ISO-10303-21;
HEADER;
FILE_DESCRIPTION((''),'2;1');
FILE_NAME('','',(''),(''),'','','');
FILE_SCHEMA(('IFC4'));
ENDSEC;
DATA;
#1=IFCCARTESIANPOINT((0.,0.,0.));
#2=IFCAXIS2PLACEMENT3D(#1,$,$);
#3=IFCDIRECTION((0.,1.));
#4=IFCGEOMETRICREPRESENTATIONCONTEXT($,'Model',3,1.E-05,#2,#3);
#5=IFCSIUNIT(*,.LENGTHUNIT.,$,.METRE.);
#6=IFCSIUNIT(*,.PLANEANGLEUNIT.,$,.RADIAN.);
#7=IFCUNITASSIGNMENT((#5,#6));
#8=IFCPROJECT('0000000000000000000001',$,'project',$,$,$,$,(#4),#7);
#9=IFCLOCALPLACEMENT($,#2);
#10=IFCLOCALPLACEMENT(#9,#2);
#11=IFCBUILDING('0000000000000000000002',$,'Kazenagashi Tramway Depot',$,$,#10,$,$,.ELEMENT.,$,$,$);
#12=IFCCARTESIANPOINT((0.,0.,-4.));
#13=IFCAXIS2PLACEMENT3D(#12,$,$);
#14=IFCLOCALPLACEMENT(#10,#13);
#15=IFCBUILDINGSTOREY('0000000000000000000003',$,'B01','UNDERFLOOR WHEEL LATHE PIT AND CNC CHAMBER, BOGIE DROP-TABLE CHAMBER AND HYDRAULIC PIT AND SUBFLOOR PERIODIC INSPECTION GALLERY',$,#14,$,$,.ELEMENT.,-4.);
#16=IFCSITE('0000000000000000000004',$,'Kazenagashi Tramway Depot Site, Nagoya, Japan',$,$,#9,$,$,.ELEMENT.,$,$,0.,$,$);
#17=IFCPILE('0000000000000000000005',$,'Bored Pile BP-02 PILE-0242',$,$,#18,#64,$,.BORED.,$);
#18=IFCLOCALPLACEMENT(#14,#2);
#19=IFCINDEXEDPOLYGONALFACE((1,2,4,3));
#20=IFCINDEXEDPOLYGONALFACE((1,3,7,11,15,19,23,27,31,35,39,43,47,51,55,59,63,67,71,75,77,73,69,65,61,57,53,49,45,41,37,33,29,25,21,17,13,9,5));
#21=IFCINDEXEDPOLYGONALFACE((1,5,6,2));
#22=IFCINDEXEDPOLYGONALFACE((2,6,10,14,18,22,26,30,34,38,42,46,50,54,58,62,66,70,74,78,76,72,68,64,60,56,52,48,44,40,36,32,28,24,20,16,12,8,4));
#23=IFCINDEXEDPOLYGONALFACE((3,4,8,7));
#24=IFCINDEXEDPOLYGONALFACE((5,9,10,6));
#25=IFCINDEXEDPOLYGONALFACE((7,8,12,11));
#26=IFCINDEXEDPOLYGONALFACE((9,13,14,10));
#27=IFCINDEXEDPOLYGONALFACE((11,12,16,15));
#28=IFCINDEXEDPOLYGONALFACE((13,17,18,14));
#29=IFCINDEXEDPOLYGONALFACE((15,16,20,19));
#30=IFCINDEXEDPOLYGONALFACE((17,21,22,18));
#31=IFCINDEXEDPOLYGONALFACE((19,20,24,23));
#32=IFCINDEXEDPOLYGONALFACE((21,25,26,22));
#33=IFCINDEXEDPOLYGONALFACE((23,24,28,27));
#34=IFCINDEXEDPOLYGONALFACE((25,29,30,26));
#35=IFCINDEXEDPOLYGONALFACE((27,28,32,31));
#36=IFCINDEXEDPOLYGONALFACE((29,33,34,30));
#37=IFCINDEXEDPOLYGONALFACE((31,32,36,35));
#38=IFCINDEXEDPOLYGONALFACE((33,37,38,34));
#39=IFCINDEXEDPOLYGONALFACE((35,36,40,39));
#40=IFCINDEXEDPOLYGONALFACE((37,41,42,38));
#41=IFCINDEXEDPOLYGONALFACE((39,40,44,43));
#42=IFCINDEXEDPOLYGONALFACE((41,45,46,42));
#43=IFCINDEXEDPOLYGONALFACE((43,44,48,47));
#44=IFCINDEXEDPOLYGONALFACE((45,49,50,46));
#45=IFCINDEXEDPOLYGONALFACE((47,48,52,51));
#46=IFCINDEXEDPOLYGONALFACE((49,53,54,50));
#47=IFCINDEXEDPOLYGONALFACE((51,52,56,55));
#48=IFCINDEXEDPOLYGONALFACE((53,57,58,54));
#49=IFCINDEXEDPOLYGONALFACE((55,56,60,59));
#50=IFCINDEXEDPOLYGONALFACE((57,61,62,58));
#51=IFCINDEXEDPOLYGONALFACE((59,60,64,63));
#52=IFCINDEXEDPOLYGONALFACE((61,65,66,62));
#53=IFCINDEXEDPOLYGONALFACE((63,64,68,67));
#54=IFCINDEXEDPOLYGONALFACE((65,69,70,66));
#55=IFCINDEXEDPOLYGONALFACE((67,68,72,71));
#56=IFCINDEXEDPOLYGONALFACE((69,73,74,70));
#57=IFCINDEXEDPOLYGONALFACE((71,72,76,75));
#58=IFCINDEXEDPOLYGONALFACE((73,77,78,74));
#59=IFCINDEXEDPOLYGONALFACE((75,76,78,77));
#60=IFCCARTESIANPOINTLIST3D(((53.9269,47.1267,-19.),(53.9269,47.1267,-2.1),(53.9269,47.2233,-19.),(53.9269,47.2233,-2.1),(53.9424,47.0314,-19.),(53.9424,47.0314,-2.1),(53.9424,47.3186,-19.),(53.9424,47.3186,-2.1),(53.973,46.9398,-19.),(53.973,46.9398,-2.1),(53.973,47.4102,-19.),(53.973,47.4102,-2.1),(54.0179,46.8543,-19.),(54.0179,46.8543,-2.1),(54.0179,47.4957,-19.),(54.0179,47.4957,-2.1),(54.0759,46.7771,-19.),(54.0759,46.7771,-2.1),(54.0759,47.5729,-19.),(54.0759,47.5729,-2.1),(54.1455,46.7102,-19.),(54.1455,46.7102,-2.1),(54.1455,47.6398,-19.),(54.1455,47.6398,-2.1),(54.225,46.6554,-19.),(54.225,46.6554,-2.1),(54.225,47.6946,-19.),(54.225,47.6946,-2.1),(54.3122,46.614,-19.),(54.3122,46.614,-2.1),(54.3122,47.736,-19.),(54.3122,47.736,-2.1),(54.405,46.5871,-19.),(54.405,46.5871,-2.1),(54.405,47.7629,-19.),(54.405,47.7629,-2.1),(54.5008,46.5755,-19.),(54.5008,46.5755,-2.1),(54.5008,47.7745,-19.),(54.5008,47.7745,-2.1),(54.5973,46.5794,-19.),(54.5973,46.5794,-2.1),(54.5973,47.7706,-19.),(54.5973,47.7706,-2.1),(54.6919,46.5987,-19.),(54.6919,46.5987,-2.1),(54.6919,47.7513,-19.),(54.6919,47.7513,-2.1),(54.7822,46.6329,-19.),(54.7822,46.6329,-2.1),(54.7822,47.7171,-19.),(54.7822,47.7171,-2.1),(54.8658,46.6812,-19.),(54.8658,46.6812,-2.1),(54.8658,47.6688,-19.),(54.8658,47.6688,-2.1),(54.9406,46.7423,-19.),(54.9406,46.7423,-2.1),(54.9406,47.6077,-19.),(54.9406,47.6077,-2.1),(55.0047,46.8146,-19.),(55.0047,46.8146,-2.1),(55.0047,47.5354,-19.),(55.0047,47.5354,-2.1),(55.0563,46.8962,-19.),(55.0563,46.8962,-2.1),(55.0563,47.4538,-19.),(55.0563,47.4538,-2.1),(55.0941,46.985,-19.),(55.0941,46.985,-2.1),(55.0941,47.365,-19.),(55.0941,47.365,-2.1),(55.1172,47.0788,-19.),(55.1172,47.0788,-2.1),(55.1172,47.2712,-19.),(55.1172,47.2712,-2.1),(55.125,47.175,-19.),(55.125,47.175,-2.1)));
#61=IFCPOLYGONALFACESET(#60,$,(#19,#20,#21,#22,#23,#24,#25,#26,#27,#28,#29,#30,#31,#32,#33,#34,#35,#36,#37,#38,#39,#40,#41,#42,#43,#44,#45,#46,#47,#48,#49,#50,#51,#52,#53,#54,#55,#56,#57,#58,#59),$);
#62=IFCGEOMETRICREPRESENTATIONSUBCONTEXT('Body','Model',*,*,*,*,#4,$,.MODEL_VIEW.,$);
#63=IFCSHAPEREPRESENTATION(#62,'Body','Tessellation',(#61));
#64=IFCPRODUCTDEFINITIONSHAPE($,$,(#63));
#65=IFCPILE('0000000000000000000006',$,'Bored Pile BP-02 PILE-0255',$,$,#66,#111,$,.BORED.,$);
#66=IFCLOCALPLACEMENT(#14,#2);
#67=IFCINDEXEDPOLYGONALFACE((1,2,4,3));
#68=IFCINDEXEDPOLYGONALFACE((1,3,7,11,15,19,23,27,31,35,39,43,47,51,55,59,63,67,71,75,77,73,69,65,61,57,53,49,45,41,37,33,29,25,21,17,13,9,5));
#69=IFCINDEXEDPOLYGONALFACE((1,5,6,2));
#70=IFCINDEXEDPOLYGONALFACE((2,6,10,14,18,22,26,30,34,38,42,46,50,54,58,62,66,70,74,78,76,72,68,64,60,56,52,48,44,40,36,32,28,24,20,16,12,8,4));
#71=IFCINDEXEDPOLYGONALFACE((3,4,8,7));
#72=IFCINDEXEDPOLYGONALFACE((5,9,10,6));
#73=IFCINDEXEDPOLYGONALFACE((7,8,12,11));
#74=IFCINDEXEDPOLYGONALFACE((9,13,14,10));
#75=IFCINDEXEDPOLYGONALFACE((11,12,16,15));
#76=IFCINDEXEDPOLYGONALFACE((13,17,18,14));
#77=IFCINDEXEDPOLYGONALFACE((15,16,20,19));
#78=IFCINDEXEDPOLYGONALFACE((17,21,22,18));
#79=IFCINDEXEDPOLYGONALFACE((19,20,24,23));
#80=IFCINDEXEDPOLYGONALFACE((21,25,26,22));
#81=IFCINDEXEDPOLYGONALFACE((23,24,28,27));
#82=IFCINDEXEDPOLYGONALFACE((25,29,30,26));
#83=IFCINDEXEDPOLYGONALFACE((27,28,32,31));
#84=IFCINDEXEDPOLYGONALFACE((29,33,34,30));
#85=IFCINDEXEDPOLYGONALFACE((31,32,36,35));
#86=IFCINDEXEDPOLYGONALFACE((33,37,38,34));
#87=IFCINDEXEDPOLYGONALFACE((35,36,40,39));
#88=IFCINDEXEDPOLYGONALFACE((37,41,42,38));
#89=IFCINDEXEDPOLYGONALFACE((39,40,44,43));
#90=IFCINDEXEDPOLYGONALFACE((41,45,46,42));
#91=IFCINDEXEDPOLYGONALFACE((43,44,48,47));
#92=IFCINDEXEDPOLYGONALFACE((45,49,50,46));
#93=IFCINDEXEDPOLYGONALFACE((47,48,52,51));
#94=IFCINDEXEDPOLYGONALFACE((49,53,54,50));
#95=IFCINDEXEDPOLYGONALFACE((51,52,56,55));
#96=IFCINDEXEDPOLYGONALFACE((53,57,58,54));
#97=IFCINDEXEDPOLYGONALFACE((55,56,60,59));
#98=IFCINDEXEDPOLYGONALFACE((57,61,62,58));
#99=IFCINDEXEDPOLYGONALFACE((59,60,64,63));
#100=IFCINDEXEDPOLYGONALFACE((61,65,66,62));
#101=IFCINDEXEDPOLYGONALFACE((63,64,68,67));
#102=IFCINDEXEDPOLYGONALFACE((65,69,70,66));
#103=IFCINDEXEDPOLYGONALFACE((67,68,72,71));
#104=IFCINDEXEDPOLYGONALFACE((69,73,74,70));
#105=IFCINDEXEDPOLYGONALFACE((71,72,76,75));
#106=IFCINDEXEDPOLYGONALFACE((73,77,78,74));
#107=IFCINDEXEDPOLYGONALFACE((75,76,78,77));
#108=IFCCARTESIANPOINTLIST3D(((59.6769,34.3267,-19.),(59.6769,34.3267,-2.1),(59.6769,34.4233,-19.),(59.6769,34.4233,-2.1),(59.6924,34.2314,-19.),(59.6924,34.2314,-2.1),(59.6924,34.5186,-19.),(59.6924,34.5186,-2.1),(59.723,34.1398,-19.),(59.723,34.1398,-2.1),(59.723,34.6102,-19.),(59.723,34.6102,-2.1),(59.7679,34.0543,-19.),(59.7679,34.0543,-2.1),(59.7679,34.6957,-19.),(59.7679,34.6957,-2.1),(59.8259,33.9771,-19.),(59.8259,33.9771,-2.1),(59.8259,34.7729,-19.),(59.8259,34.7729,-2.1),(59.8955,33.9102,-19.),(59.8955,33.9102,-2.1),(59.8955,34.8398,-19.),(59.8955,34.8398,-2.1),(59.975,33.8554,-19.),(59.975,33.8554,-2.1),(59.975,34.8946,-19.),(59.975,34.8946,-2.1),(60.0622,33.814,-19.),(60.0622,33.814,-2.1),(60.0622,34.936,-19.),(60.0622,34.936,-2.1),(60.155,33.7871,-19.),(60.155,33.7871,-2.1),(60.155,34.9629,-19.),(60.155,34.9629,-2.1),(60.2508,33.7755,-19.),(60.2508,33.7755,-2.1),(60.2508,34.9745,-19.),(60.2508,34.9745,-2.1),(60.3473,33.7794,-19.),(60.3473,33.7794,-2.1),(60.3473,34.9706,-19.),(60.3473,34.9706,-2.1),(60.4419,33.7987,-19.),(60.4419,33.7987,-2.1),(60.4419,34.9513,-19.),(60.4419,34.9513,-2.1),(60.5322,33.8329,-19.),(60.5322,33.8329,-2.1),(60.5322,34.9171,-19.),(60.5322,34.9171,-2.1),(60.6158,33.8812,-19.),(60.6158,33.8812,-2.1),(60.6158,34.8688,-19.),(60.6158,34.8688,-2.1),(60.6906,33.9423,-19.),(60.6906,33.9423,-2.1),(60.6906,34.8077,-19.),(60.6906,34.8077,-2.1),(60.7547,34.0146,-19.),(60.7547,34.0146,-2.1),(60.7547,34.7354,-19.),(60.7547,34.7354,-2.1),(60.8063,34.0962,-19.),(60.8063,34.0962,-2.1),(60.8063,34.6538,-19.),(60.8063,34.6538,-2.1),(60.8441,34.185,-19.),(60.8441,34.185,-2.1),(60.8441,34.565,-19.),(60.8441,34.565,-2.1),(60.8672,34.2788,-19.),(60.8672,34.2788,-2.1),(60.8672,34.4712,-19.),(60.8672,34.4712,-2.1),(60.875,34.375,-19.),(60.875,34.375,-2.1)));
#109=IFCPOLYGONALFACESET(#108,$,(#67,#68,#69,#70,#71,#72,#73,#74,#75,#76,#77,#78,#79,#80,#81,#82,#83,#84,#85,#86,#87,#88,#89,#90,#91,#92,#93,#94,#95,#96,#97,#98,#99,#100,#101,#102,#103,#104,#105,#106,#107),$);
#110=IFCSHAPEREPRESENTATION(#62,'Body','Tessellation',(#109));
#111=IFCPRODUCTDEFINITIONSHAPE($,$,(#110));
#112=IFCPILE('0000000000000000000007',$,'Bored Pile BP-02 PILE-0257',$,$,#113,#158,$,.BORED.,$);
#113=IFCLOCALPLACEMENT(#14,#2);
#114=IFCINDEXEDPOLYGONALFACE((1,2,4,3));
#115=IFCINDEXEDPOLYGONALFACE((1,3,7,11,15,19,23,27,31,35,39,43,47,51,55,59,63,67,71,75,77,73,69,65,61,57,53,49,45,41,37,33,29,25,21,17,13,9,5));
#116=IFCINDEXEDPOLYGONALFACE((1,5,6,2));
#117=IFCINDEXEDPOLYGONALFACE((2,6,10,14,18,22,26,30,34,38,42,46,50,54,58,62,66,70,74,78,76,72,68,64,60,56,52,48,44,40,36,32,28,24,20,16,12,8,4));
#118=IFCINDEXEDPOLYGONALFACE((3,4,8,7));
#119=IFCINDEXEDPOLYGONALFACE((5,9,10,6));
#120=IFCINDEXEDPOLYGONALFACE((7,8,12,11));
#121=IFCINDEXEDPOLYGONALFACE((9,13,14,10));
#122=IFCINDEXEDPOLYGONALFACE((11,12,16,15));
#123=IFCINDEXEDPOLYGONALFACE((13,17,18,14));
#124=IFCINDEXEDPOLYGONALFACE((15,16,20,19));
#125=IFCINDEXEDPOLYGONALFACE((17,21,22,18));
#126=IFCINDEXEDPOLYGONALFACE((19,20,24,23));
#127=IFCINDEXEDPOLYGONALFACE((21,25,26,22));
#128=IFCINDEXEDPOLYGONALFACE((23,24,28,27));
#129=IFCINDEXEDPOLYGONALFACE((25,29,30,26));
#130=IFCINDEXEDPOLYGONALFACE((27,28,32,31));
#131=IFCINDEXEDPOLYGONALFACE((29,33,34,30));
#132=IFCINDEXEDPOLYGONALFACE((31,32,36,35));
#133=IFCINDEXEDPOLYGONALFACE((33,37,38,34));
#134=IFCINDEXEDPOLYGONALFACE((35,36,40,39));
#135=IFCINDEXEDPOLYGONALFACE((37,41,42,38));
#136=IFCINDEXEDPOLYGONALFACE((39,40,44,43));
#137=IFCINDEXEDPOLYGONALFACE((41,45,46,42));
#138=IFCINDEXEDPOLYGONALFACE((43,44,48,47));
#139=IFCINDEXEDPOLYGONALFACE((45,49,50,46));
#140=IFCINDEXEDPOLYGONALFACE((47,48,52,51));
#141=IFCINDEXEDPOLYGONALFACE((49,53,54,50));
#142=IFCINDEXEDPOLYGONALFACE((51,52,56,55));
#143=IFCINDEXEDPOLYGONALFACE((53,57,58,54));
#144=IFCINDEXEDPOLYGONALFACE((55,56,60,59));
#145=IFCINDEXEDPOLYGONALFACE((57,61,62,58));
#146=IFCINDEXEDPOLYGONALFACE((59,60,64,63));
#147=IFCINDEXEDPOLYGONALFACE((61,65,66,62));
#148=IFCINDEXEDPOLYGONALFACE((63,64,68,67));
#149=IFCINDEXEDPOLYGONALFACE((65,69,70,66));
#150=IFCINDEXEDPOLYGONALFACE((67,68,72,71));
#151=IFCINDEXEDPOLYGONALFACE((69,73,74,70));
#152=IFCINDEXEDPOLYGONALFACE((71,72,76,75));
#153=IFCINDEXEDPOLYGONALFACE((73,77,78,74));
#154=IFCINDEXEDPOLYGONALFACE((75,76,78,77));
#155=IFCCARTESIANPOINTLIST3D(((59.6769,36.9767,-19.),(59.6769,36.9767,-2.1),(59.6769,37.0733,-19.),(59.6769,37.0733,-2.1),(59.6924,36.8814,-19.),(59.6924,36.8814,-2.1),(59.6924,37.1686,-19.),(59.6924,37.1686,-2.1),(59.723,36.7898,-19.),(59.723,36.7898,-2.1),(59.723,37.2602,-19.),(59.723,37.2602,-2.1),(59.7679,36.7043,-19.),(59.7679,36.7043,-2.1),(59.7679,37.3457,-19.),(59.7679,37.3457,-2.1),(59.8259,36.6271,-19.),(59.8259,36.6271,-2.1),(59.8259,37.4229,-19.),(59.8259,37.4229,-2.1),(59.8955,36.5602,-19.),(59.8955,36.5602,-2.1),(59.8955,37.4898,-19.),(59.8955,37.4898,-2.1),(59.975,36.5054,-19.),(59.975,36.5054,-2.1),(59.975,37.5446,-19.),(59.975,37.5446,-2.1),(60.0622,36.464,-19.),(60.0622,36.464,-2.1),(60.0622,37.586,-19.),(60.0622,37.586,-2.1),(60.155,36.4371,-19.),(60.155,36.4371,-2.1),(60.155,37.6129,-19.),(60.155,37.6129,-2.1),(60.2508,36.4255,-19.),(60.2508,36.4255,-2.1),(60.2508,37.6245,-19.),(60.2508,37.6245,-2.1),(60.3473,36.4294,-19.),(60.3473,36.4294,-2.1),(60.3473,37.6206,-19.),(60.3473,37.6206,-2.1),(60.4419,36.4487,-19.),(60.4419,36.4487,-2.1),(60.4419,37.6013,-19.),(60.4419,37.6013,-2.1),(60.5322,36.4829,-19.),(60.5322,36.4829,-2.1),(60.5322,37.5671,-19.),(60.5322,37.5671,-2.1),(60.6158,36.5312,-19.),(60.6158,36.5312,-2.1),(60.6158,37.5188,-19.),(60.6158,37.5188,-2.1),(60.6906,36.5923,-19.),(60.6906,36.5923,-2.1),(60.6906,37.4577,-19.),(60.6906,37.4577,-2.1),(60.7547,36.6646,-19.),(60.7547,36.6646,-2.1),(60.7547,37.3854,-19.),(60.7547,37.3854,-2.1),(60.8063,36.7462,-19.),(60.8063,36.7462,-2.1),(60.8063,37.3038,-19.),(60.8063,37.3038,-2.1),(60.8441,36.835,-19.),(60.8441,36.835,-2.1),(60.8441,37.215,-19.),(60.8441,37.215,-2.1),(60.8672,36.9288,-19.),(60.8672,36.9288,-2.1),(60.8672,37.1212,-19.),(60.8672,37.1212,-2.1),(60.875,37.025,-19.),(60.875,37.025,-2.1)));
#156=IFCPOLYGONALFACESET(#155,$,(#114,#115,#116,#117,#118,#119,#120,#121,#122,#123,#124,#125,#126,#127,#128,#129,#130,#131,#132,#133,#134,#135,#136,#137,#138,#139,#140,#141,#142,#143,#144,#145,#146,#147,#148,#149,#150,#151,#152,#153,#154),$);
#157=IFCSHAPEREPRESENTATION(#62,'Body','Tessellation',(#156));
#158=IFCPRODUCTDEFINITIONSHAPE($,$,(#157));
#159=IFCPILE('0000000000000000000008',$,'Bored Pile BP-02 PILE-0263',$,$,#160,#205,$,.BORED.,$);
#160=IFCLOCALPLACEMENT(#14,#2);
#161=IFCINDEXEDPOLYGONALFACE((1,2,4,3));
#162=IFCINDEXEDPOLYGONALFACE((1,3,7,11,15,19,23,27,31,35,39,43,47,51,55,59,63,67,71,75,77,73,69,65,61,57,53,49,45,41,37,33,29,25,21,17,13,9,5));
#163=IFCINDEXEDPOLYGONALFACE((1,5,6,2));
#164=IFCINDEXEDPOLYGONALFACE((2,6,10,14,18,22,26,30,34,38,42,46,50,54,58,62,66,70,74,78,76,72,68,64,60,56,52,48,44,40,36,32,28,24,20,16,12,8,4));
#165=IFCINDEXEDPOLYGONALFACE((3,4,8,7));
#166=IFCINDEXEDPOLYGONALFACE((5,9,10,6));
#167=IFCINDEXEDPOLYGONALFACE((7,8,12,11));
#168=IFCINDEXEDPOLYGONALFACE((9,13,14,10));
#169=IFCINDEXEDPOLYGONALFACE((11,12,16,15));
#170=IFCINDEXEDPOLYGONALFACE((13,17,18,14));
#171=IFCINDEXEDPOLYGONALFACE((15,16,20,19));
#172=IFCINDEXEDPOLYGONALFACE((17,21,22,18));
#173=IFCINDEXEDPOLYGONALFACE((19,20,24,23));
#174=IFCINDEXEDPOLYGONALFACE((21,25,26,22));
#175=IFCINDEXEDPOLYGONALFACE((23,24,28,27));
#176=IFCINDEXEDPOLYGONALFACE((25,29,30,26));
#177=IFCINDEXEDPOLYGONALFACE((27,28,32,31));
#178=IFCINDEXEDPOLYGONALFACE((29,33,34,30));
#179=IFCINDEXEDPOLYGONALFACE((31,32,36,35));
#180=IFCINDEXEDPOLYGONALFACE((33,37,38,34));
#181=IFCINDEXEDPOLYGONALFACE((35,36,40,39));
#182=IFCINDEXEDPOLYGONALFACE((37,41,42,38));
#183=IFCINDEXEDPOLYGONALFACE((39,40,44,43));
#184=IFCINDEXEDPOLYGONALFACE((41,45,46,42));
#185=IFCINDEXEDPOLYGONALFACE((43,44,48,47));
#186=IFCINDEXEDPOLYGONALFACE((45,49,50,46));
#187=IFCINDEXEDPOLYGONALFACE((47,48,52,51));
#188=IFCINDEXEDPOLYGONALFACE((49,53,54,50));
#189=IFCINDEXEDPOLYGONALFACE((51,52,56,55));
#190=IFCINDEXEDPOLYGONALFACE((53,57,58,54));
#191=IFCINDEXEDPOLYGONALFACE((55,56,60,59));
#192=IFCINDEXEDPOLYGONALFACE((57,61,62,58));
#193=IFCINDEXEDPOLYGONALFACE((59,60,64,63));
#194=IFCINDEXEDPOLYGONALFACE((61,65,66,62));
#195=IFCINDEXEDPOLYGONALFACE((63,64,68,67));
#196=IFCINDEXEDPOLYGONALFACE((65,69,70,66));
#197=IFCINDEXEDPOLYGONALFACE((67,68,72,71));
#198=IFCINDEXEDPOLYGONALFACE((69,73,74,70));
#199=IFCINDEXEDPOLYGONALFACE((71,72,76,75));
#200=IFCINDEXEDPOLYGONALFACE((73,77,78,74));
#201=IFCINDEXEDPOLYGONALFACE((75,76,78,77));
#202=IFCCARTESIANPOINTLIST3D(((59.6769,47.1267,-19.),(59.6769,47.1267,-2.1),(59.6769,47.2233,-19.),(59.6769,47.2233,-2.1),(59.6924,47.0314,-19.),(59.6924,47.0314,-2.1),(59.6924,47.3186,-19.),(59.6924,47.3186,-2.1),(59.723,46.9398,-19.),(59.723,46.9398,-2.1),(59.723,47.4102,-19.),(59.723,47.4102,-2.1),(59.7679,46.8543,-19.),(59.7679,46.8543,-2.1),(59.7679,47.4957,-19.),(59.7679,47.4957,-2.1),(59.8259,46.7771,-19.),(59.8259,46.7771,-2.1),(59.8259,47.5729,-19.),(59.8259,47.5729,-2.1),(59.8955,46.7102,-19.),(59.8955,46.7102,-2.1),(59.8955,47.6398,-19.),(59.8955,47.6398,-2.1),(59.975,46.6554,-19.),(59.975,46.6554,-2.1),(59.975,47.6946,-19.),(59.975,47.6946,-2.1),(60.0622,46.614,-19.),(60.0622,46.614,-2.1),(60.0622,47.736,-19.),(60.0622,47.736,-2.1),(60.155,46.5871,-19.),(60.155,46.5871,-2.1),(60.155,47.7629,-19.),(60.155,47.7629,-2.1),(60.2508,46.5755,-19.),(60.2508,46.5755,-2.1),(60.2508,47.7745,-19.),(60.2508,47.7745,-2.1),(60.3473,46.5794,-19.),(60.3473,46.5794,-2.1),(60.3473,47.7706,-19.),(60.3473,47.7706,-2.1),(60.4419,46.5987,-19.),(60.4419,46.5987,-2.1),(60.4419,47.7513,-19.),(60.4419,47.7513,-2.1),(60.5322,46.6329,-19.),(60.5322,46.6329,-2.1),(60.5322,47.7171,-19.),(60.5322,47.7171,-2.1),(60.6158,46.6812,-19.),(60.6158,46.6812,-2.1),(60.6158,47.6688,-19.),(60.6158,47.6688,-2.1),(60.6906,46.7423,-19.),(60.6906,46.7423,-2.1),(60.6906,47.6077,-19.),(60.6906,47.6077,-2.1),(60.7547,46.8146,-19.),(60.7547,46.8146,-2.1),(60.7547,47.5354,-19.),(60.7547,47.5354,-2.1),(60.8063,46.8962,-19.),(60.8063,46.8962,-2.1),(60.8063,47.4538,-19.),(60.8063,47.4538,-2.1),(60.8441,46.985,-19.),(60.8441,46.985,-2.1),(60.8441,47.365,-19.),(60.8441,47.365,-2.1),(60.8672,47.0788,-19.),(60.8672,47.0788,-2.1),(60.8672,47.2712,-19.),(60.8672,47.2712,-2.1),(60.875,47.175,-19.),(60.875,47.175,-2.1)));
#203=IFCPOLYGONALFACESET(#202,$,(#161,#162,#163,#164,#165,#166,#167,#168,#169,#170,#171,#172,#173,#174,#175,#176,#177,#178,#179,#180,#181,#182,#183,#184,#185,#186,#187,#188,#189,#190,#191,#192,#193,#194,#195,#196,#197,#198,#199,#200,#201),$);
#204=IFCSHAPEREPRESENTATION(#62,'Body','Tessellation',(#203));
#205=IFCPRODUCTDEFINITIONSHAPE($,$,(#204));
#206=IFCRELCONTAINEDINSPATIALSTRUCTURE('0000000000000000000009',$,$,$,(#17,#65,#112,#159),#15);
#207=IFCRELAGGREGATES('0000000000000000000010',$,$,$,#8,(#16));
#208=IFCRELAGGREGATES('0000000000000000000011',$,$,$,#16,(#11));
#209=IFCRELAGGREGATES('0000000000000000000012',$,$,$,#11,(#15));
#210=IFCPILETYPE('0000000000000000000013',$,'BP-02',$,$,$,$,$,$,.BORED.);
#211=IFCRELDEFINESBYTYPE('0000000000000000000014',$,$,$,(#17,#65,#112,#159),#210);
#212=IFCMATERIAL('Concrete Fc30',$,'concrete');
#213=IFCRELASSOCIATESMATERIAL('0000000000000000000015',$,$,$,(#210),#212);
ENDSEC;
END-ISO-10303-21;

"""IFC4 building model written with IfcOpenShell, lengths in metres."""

from ifc_helpers import new_model, si_unit, direction, frame, origin, origin_2d, place, context, subcontext, project, spatial, circle, extrude, material, material_profile, profile_set, type_object, element, save


model = new_model("IFC4")

# Units and contexts
model_context = context("Model", 3, precision=1e-05, world=origin(), true_north=direction((0.0, 1.0)))
body_context = subcontext(model_context, "Body", "Model", "MODEL_VIEW")
ifc_project = project(units=[si_unit("LENGTHUNIT", "METRE"), si_unit("PLANEANGLEUNIT", "RADIAN")], contexts=[model_context])

# Site, building, storey
site_placement = place(None, origin())
site = spatial("IfcSite", under=ifc_project, at=site_placement, Name="Kazenagashi Tramway Depot Site, Nagoya, Japan", CompositionType="ELEMENT", RefElevation=0.0)
building_placement = place(site_placement, origin())
building = spatial("IfcBuilding", under=site, at=building_placement, Name="Kazenagashi Tramway Depot", CompositionType="ELEMENT")
storey_placement = place(building_placement, frame((0.0, 0.0, -4.0)))
storey = spatial("IfcBuildingStorey", under=building, at=storey_placement, Name="B01", Description="UNDERFLOOR WHEEL LATHE PIT AND CNC CHAMBER, BOGIE DROP-TABLE CHAMBER AND HYDRAULIC PIT AND SUBFLOOR PERIODIC INSPECTION GALLERY", CompositionType="ELEMENT", Elevation=-4.0)

# Piles
ifc_material_1 = material(Name="Concrete Fc30", Category="concrete")
ifc_material_profile_1 = material_profile(ifc_material_1, circle(Radius=0.6, at=origin_2d()), Name="PILE-1200")
ifc_profile_set_1 = profile_set([ifc_material_profile_1], Name="Concrete Fc30")
pile_type_1 = type_object("IfcPileType", Name="BP-02", PredefinedType="BORED", material=ifc_profile_set_1)
for number, where, z_axis, x_axis, name in (
    (1, (54.525, 47.175, -2.1), (0.0, 0.0, -1.0), (1.0, 0.0, 0.0), "Bored Pile BP-02 PILE-0242"),
    (2, (60.275, 34.375, -2.1), (0.0, 0.0, -1.0), (1.0, 0.0, 0.0), "Bored Pile BP-02 PILE-0255"),
    (3, (60.275, 37.025, -2.1), (0.0, 0.0, -1.0), (1.0, 0.0, 0.0), "Bored Pile BP-02 PILE-0257"),
    (4, (60.275, 47.175, -2.1), (0.0, 0.0, -1.0), (1.0, 0.0, 0.0), "Bored Pile BP-02 PILE-0263"),
):
    element("IfcPile", number, at=place(storey_placement, frame(where, z_axis=z_axis, x_axis=x_axis)), inside=storey, type_object=pile_type_1, Name=name, PredefinedType="BORED", context=body_context, shape_type="SweptSolid", body=[
        extrude(circle(Radius=0.6, at=origin_2d()), origin(), (0.0, 0.0, 1.0), 16.9),
    ])

save(model, "model.ifc")
